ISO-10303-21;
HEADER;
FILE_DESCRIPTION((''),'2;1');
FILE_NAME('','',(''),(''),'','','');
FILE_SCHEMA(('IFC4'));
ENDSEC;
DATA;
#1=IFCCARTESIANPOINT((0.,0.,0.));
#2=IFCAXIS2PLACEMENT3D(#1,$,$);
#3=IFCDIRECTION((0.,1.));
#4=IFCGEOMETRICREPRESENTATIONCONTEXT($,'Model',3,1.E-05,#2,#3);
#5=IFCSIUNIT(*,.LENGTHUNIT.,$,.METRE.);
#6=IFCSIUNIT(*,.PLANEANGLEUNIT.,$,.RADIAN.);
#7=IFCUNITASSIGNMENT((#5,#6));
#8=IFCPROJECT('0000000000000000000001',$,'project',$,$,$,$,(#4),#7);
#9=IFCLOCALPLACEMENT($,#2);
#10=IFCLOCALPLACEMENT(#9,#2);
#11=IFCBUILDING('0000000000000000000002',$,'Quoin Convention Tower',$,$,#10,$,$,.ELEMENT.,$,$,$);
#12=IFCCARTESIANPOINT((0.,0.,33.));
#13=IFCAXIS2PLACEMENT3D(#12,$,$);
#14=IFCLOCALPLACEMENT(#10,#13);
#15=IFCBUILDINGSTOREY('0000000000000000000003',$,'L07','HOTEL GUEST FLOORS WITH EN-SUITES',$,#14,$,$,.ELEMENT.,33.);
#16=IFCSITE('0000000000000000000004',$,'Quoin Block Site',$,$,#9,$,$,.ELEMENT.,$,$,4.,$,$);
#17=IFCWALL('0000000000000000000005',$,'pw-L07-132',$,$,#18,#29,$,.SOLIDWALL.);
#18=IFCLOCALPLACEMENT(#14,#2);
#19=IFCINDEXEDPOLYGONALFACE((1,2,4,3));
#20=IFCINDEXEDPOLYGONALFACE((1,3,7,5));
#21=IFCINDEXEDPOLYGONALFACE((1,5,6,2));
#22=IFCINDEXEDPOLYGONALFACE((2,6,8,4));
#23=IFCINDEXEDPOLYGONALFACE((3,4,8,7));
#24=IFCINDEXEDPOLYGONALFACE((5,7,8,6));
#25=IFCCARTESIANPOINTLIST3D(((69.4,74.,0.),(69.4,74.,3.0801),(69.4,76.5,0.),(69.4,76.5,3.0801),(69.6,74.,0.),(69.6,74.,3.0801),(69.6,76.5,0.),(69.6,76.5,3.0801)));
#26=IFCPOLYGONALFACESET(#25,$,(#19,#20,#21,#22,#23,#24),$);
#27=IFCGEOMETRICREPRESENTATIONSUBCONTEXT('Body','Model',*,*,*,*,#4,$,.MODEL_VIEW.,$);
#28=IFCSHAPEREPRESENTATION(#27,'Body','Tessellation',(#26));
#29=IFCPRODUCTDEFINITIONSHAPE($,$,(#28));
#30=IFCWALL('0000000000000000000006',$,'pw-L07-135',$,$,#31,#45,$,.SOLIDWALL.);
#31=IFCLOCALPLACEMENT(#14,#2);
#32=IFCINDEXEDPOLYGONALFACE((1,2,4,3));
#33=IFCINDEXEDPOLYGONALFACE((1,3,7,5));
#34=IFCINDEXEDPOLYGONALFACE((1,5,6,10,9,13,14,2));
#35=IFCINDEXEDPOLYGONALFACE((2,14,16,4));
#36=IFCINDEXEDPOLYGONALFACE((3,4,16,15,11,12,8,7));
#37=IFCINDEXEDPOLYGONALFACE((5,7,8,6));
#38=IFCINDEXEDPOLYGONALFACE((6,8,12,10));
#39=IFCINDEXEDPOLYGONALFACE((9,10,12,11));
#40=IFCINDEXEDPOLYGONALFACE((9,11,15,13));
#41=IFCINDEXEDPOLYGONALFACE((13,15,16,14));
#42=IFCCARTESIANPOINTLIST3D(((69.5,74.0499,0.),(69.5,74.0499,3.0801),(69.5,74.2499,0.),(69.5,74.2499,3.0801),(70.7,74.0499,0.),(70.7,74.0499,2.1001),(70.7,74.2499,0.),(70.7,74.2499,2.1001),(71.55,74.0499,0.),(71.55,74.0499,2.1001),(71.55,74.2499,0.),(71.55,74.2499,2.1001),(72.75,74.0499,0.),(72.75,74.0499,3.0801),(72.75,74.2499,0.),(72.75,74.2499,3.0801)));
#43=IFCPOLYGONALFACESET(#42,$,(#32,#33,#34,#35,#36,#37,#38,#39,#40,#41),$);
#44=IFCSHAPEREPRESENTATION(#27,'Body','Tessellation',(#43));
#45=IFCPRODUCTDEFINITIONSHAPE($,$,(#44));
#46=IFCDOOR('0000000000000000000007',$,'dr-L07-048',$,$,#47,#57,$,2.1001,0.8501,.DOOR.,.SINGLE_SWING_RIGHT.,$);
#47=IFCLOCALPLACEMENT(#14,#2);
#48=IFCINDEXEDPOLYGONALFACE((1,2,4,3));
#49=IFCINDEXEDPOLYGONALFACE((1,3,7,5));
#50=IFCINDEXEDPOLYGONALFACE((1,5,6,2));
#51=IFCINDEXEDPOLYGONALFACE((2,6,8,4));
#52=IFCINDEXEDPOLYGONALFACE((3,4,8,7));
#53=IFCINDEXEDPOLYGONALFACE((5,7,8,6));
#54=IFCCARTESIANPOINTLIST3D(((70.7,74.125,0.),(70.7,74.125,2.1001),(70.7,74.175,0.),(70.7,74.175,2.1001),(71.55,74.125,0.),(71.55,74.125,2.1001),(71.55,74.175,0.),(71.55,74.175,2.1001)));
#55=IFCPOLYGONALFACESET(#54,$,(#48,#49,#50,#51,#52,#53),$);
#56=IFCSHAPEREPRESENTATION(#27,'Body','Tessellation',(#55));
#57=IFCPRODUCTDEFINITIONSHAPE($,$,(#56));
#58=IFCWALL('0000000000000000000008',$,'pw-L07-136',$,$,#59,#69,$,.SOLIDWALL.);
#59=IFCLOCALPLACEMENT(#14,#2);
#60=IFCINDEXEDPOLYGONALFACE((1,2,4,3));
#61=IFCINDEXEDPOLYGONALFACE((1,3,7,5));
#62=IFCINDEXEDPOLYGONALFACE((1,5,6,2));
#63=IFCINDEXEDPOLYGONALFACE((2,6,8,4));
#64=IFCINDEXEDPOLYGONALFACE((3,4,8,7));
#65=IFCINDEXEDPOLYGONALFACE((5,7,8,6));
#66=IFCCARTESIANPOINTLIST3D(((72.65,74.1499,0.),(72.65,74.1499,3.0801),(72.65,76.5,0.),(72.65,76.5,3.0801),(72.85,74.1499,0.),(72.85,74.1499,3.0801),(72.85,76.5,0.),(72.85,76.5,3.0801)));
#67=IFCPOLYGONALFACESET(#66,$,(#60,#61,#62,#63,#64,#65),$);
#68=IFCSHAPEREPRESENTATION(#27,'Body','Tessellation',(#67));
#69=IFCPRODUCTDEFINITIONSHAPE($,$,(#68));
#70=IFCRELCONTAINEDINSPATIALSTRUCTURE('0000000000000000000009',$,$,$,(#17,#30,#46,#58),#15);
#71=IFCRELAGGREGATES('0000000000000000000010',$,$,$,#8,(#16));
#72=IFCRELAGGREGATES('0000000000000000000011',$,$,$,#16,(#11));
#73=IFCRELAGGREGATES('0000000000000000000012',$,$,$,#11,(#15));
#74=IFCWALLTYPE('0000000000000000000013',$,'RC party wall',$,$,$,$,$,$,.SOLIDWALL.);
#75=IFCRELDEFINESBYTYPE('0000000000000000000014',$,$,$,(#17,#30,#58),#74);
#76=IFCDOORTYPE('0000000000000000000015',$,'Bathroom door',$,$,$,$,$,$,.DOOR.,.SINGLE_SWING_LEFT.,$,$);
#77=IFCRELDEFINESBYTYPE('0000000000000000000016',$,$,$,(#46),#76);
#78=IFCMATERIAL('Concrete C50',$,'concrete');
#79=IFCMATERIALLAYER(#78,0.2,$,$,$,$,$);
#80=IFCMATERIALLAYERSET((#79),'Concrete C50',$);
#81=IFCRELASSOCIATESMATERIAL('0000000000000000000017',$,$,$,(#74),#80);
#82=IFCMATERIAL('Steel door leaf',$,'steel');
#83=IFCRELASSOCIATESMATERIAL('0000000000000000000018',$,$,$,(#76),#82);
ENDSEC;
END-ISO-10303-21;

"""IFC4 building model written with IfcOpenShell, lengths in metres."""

from ifc_helpers import new_model, si_unit, direction, frame, frame_2d, origin, place, context, subcontext, project, spatial, rectangle, extrude, material, layer, layer_set, type_object, element, fill, save


model = new_model("IFC4")

# Units and contexts
model_context = context("Model", 3, precision=1e-05, world=origin(), true_north=direction((0.0, 1.0)))
body_context = subcontext(model_context, "Body", "Model", "MODEL_VIEW")
ifc_project = project(units=[si_unit("LENGTHUNIT", "METRE"), si_unit("PLANEANGLEUNIT", "RADIAN")], contexts=[model_context])

# Site, building, storey
site_placement = place(None, origin())
site = spatial("IfcSite", under=ifc_project, at=site_placement, Name="Quoin Block Site", CompositionType="ELEMENT", RefElevation=4.0)
building_placement = place(site_placement, origin())
building = spatial("IfcBuilding", under=site, at=building_placement, Name="Quoin Convention Tower", CompositionType="ELEMENT")
storey_placement = place(building_placement, frame((0.0, 0.0, 33.0)))
storey = spatial("IfcBuildingStorey", under=building, at=storey_placement, Name="L07", Description="HOTEL GUEST FLOORS WITH EN-SUITES", CompositionType="ELEMENT", Elevation=33.0)

# Shared definitions
ifc_material_1 = material(Name="Concrete C50", Category="concrete")

# Shared definitions
ifc_layer_1 = layer(ifc_material_1, 0.2)
ifc_layer_set_1 = layer_set([ifc_layer_1], Name="Concrete C50")
wall_type_1 = type_object("IfcWallType", Name="RC party wall", PredefinedType="SOLIDWALL", material=ifc_layer_set_1)
ifc_material_2 = material(Name="Steel door leaf", Category="steel")
door_type = type_object("IfcDoorType", Name="Bathroom door", OperationType="SINGLE_SWING_LEFT", PredefinedType="DOOR", material=ifc_material_2)

# Wall
wall_1_placement = place(storey_placement, frame((69.5, 74.0, 0.0), z_axis=(0.0, 0.0, 1.0), x_axis=(0.0, 1.0, 0.0)))
element("IfcWall", 1, at=wall_1_placement, inside=storey, type_object=wall_type_1, Name="pw-L07-132", PredefinedType="SOLIDWALL", context=body_context, shape_type="SweptSolid", body=[
    extrude(rectangle(XDim=2.5, YDim=0.2, at=frame_2d((1.25, 0.0))), origin(), (0.0, 0.0, 1.0), 3.0801),
])

# Wall, opening, door
wall_2_placement = place(storey_placement, frame((69.5, 74.1499, 0.0), z_axis=(0.0, 0.0, 1.0), x_axis=(1.0, 0.0, 0.0)))
wall_2 = element("IfcWall", 2, at=wall_2_placement, inside=storey, type_object=wall_type_1, Name="pw-L07-135", PredefinedType="SOLIDWALL", context=body_context, shape_type="SweptSolid", body=[
    extrude(rectangle(XDim=3.25, YDim=0.2, at=frame_2d((1.625, 0.0))), origin(), (0.0, 0.0, 1.0), 3.0801),
])
opening_1_placement = place(wall_2_placement, frame((1.2, 0.0, 0.0)))
opening_1 = element("IfcOpeningElement", 3, at=opening_1_placement, cuts=wall_2, PredefinedType="OPENING", context=body_context, shape_type="SweptSolid", body=[
    extrude(rectangle(XDim=0.8501, YDim=2.1001, at=frame_2d((0.425, 1.05))), frame((0.0, 0.1099, 0.0), z_axis=(0.0, -1.0, 0.0), x_axis=(1.0, 0.0, 0.0)), (0.0, 0.0, 1.0), 0.22),
])
door_1_placement = place(opening_1_placement, frame((0.8501, 0.0, 0.0), z_axis=(0.0, 0.0, 1.0), x_axis=(-1.0, 0.0, 0.0)))
door_1 = element("IfcDoor", 4, at=door_1_placement, inside=storey, type_object=door_type, Name="dr-L07-048", OperationType="SINGLE_SWING_RIGHT", OverallHeight=2.1001, OverallWidth=0.8501, PredefinedType="DOOR", context=body_context, shape_type="SweptSolid", body=[
    extrude(rectangle(XDim=0.8501, YDim=2.1001, at=frame_2d((0.425, 1.05))), frame((0.0, 0.0249, 0.0), z_axis=(0.0, -1.0, 0.0), x_axis=(1.0, 0.0, 0.0)), (0.0, 0.0, 1.0), 0.05),
])
fill(opening_1, door_1)

# Wall
wall_3_placement = place(storey_placement, frame((72.75, 74.1499, 0.0), z_axis=(0.0, 0.0, 1.0), x_axis=(0.0, 1.0, 0.0)))
element("IfcWall", 5, at=wall_3_placement, inside=storey, type_object=wall_type_1, Name="pw-L07-136", PredefinedType="SOLIDWALL", context=body_context, shape_type="SweptSolid", body=[
    extrude(rectangle(XDim=2.3501, YDim=0.2, at=frame_2d((1.175, 0.0))), origin(), (0.0, 0.0, 1.0), 3.0801),
])

save(model, "model.ifc")
